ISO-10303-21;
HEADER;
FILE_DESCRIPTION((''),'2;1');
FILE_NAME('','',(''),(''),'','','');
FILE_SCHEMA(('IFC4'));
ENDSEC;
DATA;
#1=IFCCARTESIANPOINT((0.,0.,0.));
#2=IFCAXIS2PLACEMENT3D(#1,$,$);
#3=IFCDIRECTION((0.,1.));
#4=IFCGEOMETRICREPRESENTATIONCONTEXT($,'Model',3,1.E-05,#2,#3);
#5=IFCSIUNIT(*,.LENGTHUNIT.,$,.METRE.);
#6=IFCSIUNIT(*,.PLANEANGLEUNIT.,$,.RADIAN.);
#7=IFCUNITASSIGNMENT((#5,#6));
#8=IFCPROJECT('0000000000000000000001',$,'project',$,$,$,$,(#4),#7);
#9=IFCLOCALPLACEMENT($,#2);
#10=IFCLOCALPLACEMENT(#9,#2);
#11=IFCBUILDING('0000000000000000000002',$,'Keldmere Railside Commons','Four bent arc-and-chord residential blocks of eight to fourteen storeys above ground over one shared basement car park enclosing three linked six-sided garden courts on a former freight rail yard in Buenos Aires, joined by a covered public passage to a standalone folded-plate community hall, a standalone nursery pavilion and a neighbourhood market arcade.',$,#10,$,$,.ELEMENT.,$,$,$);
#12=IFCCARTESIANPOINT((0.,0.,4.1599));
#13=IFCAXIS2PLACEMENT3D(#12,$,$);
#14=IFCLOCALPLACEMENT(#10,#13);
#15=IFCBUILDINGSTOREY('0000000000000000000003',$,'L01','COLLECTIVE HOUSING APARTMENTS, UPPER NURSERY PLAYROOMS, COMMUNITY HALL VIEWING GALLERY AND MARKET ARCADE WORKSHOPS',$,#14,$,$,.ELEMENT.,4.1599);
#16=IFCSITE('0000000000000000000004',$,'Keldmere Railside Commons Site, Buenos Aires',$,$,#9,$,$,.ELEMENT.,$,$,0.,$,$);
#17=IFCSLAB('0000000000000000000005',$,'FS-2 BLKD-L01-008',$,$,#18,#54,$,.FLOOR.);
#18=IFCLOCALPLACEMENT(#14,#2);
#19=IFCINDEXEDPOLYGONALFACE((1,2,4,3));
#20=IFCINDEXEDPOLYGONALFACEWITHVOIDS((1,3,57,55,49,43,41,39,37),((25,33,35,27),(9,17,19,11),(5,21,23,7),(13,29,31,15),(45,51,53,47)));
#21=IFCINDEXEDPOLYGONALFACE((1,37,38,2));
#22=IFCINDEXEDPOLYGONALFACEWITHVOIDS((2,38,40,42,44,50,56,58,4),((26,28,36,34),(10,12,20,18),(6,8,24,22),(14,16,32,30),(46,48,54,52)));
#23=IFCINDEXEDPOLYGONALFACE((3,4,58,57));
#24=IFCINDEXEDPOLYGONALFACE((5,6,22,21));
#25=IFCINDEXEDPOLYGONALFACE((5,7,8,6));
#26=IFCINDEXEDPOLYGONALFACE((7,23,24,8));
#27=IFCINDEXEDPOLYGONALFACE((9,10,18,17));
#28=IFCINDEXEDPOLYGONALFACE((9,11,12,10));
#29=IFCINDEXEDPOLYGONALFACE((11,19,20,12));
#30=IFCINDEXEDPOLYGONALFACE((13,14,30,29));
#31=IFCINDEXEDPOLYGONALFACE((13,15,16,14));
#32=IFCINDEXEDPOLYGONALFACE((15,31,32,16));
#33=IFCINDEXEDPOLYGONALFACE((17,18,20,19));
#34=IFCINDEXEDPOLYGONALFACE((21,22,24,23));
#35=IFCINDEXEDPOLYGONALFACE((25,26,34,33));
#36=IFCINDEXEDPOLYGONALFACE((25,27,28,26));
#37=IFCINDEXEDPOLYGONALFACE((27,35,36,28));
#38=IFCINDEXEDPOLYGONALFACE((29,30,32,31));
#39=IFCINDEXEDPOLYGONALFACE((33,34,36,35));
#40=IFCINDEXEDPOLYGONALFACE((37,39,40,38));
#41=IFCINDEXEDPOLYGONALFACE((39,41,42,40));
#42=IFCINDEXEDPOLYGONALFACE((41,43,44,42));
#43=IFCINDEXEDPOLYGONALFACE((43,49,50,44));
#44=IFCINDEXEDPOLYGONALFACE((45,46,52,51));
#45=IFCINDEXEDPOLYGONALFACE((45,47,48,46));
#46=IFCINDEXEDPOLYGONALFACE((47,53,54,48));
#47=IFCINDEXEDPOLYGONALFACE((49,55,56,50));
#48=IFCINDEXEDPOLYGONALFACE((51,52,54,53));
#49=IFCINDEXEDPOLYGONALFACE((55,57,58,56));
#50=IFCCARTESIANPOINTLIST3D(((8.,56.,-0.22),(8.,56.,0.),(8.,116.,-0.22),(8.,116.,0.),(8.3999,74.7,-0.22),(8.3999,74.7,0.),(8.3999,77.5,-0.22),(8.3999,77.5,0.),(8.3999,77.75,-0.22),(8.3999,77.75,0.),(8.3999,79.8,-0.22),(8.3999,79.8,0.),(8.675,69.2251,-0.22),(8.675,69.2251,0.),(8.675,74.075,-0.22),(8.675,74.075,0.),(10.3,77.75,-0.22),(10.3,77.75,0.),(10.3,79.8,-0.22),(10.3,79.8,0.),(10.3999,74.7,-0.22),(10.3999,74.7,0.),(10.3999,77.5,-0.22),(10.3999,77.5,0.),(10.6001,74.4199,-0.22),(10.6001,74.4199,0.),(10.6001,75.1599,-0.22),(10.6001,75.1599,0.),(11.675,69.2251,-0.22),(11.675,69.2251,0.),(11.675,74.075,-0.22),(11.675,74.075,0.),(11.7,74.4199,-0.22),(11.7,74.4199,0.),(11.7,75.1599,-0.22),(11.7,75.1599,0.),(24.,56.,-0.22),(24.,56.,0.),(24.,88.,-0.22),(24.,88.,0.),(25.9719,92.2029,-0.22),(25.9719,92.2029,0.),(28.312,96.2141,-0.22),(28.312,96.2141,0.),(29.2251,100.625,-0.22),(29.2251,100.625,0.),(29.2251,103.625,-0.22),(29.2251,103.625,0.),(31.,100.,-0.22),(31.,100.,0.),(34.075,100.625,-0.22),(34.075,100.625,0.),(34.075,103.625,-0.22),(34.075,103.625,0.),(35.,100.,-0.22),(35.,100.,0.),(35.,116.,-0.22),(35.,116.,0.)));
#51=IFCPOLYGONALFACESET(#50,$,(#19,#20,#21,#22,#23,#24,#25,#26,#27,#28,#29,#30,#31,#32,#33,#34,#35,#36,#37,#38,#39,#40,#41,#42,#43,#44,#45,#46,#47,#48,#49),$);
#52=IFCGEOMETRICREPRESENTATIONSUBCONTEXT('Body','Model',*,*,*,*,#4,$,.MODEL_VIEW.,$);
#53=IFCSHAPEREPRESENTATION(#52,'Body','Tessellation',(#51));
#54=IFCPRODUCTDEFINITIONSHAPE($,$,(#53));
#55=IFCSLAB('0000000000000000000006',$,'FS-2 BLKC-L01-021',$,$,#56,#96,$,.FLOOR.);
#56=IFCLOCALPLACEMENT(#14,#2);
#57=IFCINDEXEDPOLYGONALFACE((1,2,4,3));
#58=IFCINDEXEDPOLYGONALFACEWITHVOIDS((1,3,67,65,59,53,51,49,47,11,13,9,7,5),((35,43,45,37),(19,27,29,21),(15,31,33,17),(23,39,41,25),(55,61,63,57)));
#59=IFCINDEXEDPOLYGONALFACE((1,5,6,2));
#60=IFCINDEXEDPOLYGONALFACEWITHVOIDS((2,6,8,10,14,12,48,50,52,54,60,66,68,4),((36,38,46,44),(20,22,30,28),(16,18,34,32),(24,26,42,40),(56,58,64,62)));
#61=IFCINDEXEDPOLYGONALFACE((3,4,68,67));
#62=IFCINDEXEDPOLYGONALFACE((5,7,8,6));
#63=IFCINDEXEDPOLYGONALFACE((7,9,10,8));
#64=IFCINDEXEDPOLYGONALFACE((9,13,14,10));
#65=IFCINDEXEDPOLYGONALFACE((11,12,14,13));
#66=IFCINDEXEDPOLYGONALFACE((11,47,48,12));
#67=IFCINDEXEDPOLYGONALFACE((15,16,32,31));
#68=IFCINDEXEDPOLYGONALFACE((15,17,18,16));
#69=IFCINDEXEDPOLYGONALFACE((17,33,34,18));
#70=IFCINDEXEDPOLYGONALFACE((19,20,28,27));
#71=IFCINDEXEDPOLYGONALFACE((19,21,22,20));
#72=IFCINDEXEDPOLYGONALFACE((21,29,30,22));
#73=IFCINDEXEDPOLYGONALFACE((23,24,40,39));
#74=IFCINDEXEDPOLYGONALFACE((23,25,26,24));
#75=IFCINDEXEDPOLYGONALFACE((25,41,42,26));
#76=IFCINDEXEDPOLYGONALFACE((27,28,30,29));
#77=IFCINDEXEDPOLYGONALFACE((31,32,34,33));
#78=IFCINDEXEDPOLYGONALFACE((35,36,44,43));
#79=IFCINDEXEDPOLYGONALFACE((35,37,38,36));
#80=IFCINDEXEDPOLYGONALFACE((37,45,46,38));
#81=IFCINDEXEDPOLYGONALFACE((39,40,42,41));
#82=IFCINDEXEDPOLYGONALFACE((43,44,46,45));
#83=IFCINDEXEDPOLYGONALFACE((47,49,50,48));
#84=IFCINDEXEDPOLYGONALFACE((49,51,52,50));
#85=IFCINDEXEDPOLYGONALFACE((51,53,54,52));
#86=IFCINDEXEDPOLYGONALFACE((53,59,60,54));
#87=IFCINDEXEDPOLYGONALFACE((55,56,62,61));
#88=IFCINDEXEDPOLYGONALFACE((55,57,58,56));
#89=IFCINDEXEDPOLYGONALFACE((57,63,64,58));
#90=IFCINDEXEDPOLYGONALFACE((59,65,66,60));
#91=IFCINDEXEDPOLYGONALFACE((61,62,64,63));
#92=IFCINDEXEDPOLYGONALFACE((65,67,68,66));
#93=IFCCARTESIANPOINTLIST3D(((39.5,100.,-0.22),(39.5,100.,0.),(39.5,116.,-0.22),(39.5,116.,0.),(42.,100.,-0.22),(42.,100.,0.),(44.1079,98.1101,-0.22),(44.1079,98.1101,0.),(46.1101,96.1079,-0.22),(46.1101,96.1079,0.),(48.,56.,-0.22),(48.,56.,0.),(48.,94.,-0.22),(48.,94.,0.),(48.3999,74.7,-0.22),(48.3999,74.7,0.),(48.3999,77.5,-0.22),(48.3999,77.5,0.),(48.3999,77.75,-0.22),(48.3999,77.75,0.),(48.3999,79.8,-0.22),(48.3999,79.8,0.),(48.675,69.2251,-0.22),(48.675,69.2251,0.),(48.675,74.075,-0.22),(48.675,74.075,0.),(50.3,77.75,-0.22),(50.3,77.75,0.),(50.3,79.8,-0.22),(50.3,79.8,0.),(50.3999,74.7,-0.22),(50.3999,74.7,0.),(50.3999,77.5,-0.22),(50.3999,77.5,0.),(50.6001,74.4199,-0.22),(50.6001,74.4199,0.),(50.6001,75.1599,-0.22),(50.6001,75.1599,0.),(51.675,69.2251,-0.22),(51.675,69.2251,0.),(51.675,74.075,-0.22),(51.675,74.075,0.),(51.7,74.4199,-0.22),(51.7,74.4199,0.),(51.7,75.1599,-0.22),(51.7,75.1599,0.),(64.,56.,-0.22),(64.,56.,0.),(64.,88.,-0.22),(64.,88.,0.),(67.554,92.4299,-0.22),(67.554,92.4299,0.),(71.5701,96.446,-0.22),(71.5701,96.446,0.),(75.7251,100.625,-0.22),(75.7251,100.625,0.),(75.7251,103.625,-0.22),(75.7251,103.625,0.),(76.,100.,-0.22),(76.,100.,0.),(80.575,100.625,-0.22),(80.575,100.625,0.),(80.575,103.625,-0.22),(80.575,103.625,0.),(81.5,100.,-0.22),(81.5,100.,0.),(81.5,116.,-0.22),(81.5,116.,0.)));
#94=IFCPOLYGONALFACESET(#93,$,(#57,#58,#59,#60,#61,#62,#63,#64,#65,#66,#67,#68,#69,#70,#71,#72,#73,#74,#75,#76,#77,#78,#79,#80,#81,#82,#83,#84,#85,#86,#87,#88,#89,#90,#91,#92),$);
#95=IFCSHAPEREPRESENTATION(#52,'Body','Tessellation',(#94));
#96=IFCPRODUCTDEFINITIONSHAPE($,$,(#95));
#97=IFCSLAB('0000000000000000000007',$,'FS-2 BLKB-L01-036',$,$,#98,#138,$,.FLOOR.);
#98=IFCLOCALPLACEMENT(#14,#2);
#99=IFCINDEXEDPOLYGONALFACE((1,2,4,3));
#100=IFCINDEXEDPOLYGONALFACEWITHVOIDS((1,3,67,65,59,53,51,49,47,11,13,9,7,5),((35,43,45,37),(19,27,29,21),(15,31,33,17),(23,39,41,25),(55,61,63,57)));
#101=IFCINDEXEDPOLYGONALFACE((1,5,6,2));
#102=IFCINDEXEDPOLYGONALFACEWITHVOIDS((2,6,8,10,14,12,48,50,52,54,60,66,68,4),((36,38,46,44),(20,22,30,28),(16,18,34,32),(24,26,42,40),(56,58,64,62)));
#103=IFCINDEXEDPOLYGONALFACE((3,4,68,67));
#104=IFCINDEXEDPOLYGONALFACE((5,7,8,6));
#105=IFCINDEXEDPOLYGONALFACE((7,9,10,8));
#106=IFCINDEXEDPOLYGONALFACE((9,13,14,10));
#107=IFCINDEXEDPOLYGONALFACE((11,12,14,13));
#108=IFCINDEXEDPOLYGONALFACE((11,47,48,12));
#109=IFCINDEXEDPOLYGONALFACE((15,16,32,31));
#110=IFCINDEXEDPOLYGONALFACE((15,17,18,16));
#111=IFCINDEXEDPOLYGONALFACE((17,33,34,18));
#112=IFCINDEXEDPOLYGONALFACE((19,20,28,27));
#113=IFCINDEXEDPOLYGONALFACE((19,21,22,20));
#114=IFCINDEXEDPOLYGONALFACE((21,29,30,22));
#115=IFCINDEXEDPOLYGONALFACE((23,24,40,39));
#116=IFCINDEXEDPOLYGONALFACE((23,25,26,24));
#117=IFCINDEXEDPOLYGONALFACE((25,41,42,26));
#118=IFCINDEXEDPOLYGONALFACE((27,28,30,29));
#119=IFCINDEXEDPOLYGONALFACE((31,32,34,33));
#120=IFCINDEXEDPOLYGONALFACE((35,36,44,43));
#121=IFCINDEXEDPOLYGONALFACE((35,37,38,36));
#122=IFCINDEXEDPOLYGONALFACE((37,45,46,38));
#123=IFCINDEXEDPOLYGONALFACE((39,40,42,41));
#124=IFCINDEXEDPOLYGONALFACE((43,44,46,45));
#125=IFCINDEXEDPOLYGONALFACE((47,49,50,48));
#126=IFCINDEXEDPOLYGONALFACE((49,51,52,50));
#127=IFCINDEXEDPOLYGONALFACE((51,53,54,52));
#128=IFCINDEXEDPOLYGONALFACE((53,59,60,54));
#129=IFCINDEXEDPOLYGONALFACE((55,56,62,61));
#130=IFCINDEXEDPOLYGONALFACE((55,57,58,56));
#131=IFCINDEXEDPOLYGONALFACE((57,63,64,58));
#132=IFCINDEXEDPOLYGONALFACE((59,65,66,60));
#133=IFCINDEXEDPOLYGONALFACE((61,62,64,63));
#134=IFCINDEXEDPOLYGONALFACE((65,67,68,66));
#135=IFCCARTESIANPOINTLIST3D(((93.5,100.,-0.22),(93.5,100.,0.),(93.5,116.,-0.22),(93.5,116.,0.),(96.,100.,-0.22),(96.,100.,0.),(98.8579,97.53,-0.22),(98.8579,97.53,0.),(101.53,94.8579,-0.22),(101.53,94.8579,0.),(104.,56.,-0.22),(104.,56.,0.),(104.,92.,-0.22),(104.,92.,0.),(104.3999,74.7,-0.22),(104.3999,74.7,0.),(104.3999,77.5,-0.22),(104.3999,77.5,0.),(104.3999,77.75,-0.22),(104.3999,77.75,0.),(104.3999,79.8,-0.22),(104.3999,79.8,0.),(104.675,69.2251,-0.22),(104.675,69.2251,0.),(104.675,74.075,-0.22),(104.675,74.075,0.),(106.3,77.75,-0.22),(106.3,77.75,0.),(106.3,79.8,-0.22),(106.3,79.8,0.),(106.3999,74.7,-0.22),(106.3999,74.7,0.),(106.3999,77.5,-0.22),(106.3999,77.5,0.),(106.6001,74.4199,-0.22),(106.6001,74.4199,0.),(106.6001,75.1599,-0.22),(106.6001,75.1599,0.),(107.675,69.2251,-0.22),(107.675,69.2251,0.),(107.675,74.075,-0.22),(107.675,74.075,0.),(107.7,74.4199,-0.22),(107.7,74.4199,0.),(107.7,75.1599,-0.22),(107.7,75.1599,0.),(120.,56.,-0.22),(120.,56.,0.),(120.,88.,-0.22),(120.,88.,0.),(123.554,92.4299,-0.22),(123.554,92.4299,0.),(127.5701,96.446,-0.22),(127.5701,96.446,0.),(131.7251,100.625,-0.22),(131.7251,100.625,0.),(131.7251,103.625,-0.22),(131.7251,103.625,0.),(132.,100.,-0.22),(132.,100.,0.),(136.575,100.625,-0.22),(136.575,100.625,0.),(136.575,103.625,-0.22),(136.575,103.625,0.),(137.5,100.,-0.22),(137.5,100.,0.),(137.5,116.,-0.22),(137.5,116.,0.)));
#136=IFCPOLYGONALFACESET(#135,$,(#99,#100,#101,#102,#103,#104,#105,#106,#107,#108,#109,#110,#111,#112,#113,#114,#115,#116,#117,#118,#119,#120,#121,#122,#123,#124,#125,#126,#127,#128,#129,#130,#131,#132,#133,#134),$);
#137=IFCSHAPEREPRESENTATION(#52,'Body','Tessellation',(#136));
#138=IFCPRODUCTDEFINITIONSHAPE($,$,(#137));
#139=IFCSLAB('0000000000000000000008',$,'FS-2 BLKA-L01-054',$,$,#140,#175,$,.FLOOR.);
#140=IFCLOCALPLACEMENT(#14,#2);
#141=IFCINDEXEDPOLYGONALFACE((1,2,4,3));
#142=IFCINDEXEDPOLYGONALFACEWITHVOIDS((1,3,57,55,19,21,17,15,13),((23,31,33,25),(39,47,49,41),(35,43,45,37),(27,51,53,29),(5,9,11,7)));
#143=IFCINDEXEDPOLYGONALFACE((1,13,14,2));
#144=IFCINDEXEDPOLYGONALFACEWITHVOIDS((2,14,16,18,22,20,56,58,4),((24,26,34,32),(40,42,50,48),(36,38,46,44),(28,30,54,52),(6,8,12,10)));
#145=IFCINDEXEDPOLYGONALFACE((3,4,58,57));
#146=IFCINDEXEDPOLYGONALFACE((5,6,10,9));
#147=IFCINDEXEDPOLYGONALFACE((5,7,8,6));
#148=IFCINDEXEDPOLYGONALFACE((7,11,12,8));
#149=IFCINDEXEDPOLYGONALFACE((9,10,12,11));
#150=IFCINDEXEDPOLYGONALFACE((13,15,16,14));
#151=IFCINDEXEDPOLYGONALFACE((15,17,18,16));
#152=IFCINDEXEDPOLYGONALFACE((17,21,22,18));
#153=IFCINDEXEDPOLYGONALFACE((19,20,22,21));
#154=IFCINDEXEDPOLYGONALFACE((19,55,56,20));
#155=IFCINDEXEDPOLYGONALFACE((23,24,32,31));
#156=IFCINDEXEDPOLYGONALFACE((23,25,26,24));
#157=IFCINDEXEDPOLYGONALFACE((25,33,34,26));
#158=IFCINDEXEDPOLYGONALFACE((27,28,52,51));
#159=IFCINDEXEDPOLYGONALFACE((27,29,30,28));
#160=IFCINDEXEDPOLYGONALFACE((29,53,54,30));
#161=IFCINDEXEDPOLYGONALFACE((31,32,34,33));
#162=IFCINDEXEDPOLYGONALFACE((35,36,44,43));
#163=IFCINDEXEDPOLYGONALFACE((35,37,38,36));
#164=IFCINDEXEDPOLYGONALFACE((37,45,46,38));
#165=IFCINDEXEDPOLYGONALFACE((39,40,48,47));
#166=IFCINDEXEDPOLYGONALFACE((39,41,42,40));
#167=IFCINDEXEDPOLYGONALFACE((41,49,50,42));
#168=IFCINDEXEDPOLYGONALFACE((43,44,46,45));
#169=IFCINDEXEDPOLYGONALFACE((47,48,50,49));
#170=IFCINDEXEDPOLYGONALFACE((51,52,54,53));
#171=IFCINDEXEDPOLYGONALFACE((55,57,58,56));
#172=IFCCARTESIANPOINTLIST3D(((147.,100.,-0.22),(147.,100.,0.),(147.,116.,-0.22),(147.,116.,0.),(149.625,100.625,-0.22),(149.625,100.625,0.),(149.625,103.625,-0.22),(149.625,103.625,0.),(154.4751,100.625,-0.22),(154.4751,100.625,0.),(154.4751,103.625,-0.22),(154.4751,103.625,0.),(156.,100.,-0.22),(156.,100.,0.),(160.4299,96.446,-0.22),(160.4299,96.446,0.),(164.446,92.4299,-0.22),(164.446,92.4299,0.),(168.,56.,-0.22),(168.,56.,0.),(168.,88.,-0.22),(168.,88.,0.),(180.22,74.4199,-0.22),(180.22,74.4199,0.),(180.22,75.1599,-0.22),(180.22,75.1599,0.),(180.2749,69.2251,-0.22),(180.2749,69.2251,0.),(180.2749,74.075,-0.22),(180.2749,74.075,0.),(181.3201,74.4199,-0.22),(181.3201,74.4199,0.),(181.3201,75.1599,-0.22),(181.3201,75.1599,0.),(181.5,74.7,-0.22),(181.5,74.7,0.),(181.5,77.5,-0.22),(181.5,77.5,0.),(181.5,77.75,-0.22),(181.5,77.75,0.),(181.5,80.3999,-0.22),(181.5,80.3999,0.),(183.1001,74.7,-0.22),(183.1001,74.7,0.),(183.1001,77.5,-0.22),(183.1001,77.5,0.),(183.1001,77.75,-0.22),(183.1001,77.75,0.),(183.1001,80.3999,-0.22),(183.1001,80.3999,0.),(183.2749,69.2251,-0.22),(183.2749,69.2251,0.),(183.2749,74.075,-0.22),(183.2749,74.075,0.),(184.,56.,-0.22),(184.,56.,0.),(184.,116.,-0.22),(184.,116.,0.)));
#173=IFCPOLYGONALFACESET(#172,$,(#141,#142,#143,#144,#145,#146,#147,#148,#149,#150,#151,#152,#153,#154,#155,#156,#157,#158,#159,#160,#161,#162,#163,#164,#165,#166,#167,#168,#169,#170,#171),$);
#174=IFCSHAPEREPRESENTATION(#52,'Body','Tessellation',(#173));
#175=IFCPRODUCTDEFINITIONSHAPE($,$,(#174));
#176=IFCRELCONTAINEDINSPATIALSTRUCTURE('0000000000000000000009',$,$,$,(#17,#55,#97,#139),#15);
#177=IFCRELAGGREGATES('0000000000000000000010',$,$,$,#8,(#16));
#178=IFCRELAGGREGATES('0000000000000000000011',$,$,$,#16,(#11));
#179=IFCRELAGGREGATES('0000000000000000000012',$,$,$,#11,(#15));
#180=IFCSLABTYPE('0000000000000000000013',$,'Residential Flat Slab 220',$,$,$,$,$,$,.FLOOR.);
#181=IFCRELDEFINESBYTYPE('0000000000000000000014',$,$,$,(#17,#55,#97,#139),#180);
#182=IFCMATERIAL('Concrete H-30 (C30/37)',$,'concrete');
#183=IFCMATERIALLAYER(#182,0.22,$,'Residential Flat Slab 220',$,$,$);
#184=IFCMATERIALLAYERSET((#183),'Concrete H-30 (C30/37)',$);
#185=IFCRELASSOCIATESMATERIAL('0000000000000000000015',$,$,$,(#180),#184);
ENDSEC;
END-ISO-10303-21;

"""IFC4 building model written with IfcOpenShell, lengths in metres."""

from ifc_helpers import new_model, si_unit, direction, frame, origin, place, context, subcontext, project, spatial, polyline, outline, extrude, material, layer, layer_set, type_object, element, save


model = new_model("IFC4")

# Units and contexts
model_context = context("Model", 3, precision=1e-05, world=origin(), true_north=direction((0.0, 1.0)))
body_context = subcontext(model_context, "Body", "Model", "MODEL_VIEW")
ifc_project = project(units=[si_unit("LENGTHUNIT", "METRE"), si_unit("PLANEANGLEUNIT", "RADIAN")], contexts=[model_context])

# Site, building, storey
site_placement = place(None, origin())
site = spatial("IfcSite", under=ifc_project, at=site_placement, Name="Keldmere Railside Commons Site, Buenos Aires", CompositionType="ELEMENT", RefElevation=0.0)
building_placement = place(site_placement, origin())
building = spatial("IfcBuilding", under=site, at=building_placement, Name="Keldmere Railside Commons", Description="Four bent arc-and-chord residential blocks of eight to fourteen storeys above ground over one shared basement car park enclosing three linked six-sided garden courts on a former freight rail yard in Buenos Aires, joined by a covered public passage to a standalone folded-plate community hall, a standalone nursery pavilion and a neighbourhood market arcade.", CompositionType="ELEMENT")
storey_placement = place(building_placement, frame((0.0, 0.0, 4.1599)))
storey = spatial("IfcBuildingStorey", under=building, at=storey_placement, Name="L01", Description="COLLECTIVE HOUSING APARTMENTS, UPPER NURSERY PLAYROOMS, COMMUNITY HALL VIEWING GALLERY AND MARKET ARCADE WORKSHOPS", CompositionType="ELEMENT", Elevation=4.1599)

# Slabs
ifc_material_1 = material(Name="Concrete H-30 (C30/37)", Category="concrete")
ifc_layer_1 = layer(ifc_material_1, 0.22, Name="Residential Flat Slab 220")
ifc_layer_set_1 = layer_set([ifc_layer_1], Name="Concrete H-30 (C30/37)")
slab_type_1 = type_object("IfcSlabType", Name="Residential Flat Slab 220", PredefinedType="FLOOR", material=ifc_layer_set_1)
slab_1_placement = place(storey_placement, frame((0.0, 0.0, -0.22)))
element("IfcSlab", 1, at=slab_1_placement, inside=storey, type_object=slab_type_1, Name="FS-2 BLKD-L01-008", PredefinedType="FLOOR", context=body_context, shape_type="SweptSolid", body=[
    extrude(outline(polyline([(8.0, 56.0), (24.0, 56.0), (24.0, 88.0), (25.9719, 92.2029), (28.312, 96.2141), (31.0, 100.0), (35.0, 100.0), (35.0, 116.0), (8.0, 116.0), (8.0, 56.0)]), holes=[polyline([(11.675, 69.2251), (8.675, 69.2251), (8.675, 74.075), (11.675, 74.075), (11.675, 69.2251)]), polyline([(10.6001, 74.4199), (10.6001, 75.1599), (11.7, 75.1599), (11.7, 74.4199), (10.6001, 74.4199)]), polyline([(8.3999, 74.7), (8.3999, 77.5), (10.3999, 77.5), (10.3999, 74.7), (8.3999, 74.7)]), polyline([(8.3999, 77.75), (8.3999, 79.8), (10.3, 79.8), (10.3, 77.75), (8.3999, 77.75)]), polyline([(29.2251, 103.625), (34.075, 103.625), (34.075, 100.625), (29.2251, 100.625), (29.2251, 103.625)])]), origin(), (0.0, 0.0, 1.0), 0.22),
])
slab_2_placement = place(storey_placement, frame((0.0, 0.0, -0.22)))
element("IfcSlab", 2, at=slab_2_placement, inside=storey, type_object=slab_type_1, Name="FS-2 BLKC-L01-021", PredefinedType="FLOOR", context=body_context, shape_type="SweptSolid", body=[
    extrude(outline(polyline([(48.0, 56.0), (64.0, 56.0), (64.0, 88.0), (67.554, 92.4299), (71.5701, 96.446), (76.0, 100.0), (81.5, 100.0), (81.5, 116.0), (39.5, 116.0), (39.5, 100.0), (42.0, 100.0), (44.1079, 98.1101), (46.1101, 96.1079), (48.0, 94.0), (48.0, 56.0)]), holes=[polyline([(48.675, 69.2251), (48.675, 74.075), (51.675, 74.075), (51.675, 69.2251), (48.675, 69.2251)]), polyline([(51.7, 74.4199), (50.6001, 74.4199), (50.6001, 75.1599), (51.7, 75.1599), (51.7, 74.4199)]), polyline([(48.3999, 74.7), (48.3999, 77.5), (50.3999, 77.5), (50.3999, 74.7), (48.3999, 74.7)]), polyline([(48.3999, 77.75), (48.3999, 79.8), (50.3, 79.8), (50.3, 77.75), (48.3999, 77.75)]), polyline([(75.7251, 103.625), (80.575, 103.625), (80.575, 100.625), (75.7251, 100.625), (75.7251, 103.625)])]), origin(), (0.0, 0.0, 1.0), 0.22),
])
slab_3_placement = place(storey_placement, frame((0.0, 0.0, -0.22)))
element("IfcSlab", 3, at=slab_3_placement, inside=storey, type_object=slab_type_1, Name="FS-2 BLKB-L01-036", PredefinedType="FLOOR", context=body_context, shape_type="SweptSolid", body=[
    extrude(outline(polyline([(104.0, 56.0), (120.0, 56.0), (120.0, 88.0), (123.554, 92.4299), (127.5701, 96.446), (132.0, 100.0), (137.5, 100.0), (137.5, 116.0), (93.5, 116.0), (93.5, 100.0), (96.0, 100.0), (98.8579, 97.53), (101.53, 94.8579), (104.0, 92.0), (104.0, 56.0)]), holes=[polyline([(107.675, 69.2251), (104.675, 69.2251), (104.675, 74.075), (107.675, 74.075), (107.675, 69.2251)]), polyline([(106.6001, 74.4199), (106.6001, 75.1599), (107.7, 75.1599), (107.7, 74.4199), (106.6001, 74.4199)]), polyline([(104.3999, 74.7), (104.3999, 77.5), (106.3999, 77.5), (106.3999, 74.7), (104.3999, 74.7)]), polyline([(104.3999, 77.75), (104.3999, 79.8), (106.3, 79.8), (106.3, 77.75), (104.3999, 77.75)]), polyline([(131.7251, 103.625), (136.575, 103.625), (136.575, 100.625), (131.7251, 100.625), (131.7251, 103.625)])]), origin(), (0.0, 0.0, 1.0), 0.22),
])
slab_4_placement = place(storey_placement, frame((0.0, 0.0, -0.22)))
element("IfcSlab", 4, at=slab_4_placement, inside=storey, type_object=slab_type_1, Name="FS-2 BLKA-L01-054", PredefinedType="FLOOR", context=body_context, shape_type="SweptSolid", body=[
    extrude(outline(polyline([(168.0, 56.0), (184.0, 56.0), (184.0, 116.0), (147.0, 116.0), (147.0, 100.0), (156.0, 100.0), (160.4299, 96.446), (164.446, 92.4299), (168.0, 88.0), (168.0, 56.0)]), holes=[polyline([(180.2749, 69.2251), (180.2749, 74.075), (183.2749, 74.075), (183.2749, 69.2251), (180.2749, 69.2251)]), polyline([(181.3201, 74.4199), (180.22, 74.4199), (180.22, 75.1599), (181.3201, 75.1599), (181.3201, 74.4199)]), polyline([(181.5, 74.7), (181.5, 77.5), (183.1001, 77.5), (183.1001, 74.7), (181.5, 74.7)]), polyline([(181.5, 77.75), (181.5, 80.3999), (183.1001, 80.3999), (183.1001, 77.75), (181.5, 77.75)]), polyline([(149.625, 103.625), (154.4751, 103.625), (154.4751, 100.625), (149.625, 100.625), (149.625, 103.625)])]), origin(), (0.0, 0.0, 1.0), 0.22),
])

save(model, "model.ifc")
